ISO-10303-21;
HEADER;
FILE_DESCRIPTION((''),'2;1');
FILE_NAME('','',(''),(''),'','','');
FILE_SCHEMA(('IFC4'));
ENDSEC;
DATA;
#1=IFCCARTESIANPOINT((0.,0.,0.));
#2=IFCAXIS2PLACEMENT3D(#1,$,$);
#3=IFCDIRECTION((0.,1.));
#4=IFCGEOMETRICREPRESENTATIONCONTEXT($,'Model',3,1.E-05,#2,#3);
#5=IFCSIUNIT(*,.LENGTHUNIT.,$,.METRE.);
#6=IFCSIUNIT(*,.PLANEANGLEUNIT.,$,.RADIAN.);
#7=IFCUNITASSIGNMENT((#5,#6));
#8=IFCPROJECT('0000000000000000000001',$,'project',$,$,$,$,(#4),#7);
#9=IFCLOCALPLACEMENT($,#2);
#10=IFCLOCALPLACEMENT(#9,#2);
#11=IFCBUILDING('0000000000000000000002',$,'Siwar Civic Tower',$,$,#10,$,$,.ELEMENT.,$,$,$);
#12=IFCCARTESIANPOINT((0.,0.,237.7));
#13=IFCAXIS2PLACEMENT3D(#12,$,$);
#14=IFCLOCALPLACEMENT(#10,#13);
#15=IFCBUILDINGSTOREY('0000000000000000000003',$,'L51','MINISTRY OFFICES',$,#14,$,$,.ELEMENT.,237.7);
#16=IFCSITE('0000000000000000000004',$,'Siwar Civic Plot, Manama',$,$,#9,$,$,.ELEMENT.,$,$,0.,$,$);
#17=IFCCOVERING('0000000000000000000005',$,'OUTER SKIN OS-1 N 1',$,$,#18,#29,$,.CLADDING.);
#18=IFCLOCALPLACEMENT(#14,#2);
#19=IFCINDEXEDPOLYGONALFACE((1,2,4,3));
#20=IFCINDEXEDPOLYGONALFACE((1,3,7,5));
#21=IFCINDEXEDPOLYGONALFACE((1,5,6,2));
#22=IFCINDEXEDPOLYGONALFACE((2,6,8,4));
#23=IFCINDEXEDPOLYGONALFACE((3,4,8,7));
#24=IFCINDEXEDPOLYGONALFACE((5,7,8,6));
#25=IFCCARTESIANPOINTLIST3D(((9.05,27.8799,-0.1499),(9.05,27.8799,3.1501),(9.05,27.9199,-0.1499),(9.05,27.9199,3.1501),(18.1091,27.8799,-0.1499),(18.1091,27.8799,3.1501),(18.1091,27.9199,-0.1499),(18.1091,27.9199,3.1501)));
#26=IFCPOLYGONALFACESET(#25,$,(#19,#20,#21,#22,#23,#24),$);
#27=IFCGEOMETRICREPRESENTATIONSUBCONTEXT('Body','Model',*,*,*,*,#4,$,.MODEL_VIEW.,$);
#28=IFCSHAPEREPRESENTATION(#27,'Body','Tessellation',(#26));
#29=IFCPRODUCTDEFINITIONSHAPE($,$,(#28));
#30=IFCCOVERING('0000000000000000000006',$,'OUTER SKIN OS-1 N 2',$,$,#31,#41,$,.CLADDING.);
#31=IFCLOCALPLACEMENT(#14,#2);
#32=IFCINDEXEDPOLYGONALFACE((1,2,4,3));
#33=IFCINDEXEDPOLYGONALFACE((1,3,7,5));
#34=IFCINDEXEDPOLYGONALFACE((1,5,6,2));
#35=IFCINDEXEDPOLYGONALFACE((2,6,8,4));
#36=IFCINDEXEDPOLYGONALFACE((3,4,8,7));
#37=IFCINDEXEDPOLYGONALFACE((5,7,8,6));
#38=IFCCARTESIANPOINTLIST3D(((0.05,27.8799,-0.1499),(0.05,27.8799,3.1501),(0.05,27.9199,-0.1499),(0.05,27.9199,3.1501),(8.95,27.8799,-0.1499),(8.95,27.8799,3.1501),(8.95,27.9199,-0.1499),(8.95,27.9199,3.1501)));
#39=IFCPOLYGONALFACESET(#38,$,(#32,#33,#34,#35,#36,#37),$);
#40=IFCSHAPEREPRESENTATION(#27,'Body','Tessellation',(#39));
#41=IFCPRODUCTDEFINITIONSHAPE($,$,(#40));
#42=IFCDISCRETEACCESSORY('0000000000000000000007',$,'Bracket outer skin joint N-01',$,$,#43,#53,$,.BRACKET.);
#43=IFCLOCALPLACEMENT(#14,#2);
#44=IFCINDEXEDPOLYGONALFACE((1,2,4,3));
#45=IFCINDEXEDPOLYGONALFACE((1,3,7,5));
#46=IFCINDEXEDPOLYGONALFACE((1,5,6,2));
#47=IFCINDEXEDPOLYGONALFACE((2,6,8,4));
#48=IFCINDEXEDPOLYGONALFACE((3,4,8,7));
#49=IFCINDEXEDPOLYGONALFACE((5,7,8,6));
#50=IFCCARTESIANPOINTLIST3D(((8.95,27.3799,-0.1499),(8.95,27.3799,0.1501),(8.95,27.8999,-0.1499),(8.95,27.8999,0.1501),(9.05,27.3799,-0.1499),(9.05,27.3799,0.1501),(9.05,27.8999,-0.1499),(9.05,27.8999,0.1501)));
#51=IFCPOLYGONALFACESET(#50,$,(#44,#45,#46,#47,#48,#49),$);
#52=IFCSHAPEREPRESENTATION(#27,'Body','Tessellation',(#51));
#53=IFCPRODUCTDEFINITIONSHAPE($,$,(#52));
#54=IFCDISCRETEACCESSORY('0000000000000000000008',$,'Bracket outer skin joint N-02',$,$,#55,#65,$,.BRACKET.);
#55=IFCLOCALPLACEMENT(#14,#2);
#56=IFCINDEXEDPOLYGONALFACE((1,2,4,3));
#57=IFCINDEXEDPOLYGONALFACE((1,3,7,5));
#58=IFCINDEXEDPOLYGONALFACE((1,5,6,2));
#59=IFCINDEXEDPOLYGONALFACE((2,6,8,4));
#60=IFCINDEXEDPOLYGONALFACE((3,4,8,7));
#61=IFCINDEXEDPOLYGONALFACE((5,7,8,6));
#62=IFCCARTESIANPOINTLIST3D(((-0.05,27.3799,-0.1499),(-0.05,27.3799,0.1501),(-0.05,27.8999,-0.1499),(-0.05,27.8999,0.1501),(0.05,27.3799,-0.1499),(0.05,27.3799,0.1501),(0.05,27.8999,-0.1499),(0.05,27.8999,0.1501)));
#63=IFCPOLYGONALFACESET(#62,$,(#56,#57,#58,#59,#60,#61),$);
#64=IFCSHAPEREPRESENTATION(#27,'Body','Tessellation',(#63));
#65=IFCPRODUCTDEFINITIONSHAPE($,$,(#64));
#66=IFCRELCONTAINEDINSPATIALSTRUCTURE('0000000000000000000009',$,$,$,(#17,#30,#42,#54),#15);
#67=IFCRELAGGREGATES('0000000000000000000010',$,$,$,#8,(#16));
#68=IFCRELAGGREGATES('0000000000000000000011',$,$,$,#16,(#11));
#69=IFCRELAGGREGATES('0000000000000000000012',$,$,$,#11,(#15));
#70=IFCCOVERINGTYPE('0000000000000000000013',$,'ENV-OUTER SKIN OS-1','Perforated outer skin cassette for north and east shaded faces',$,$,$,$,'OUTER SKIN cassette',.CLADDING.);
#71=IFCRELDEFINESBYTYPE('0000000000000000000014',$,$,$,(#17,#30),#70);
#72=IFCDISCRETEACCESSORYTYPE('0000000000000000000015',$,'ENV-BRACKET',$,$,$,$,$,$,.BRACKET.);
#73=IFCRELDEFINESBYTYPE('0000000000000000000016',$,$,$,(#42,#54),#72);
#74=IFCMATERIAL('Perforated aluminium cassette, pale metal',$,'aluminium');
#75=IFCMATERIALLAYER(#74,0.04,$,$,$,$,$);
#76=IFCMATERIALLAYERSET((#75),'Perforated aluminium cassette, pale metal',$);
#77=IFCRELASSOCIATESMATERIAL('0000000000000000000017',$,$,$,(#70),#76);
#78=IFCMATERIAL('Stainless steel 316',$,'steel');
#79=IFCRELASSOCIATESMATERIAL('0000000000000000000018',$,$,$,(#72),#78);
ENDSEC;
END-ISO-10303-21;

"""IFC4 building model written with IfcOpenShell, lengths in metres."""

from ifc_helpers import new_model, si_unit, direction, frame, origin, origin_2d, place, context, subcontext, project, spatial, rectangle, extrude, material, layer, layer_set, type_object, element, save


model = new_model("IFC4")

# Units and contexts
model_context = context("Model", 3, precision=1e-05, world=origin(), true_north=direction((0.0, 1.0)))
body_context = subcontext(model_context, "Body", "Model", "MODEL_VIEW")
ifc_project = project(units=[si_unit("LENGTHUNIT", "METRE"), si_unit("PLANEANGLEUNIT", "RADIAN")], contexts=[model_context])

# Site, building, storey
site_placement = place(None, origin())
site = spatial("IfcSite", under=ifc_project, at=site_placement, Name="Siwar Civic Plot, Manama", CompositionType="ELEMENT", RefElevation=0.0)
building_placement = place(site_placement, origin())
building = spatial("IfcBuilding", under=site, at=building_placement, Name="Siwar Civic Tower", CompositionType="ELEMENT")
storey_placement = place(building_placement, frame((0.0, 0.0, 237.7)))
storey = spatial("IfcBuildingStorey", under=building, at=storey_placement, Name="L51", Description="MINISTRY OFFICES", CompositionType="ELEMENT", Elevation=237.7)

# Coverings
ifc_material_1 = material(Name="Perforated aluminium cassette, pale metal", Category="aluminium")
ifc_layer_1 = layer(ifc_material_1, 0.04)
ifc_layer_set_1 = layer_set([ifc_layer_1], Name="Perforated aluminium cassette, pale metal")
covering_type = type_object("IfcCoveringType", Name="ENV-OUTER SKIN OS-1", Description="Perforated outer skin cassette for north and east shaded faces", ElementType="OUTER SKIN cassette", PredefinedType="CLADDING", material=ifc_layer_set_1)
covering_1_placement = place(storey_placement, frame((13.5796, 27.8999, -0.1499), z_axis=(0.0, 0.0, 1.0), x_axis=(-1.0, 0.0, 0.0)))
element("IfcCovering", 1, at=covering_1_placement, inside=storey, type_object=covering_type, Name="OUTER SKIN OS-1 N 1", PredefinedType="CLADDING", context=body_context, shape_type="SweptSolid", body=[
    extrude(rectangle(XDim=9.0591, YDim=0.04, at=origin_2d()), origin(), (0.0, 0.0, 1.0), 3.3),
])
covering_2_placement = place(storey_placement, frame((4.5, 27.8999, -0.1499), z_axis=(0.0, 0.0, 1.0), x_axis=(-1.0, 0.0, 0.0)))
element("IfcCovering", 2, at=covering_2_placement, inside=storey, type_object=covering_type, Name="OUTER SKIN OS-1 N 2", PredefinedType="CLADDING", context=body_context, shape_type="SweptSolid", body=[
    extrude(rectangle(XDim=8.8999, YDim=0.04, at=origin_2d()), origin(), (0.0, 0.0, 1.0), 3.3),
])

# Discrete accessories
ifc_material_2 = material(Name="Stainless steel 316", Category="steel")
discrete_accessory_type = type_object("IfcDiscreteAccessoryType", Name="ENV-BRACKET", PredefinedType="BRACKET", material=ifc_material_2)
for number, where, z_axis, x_axis, name in (
    (3, (9.0, 27.6399, -0.1499), (0.0, 0.0, 1.0), (0.0, 1.0, 0.0), "Bracket outer skin joint N-01"),
    (4, (0.0, 27.6399, -0.1499), (0.0, 0.0, 1.0), (0.0, 1.0, 0.0), "Bracket outer skin joint N-02"),
):
    element("IfcDiscreteAccessory", number, at=place(storey_placement, frame(where, z_axis=z_axis, x_axis=x_axis)), inside=storey, type_object=discrete_accessory_type, Name=name, PredefinedType="BRACKET", context=body_context, shape_type="SweptSolid", body=[
        extrude(rectangle(XDim=0.52, YDim=0.1001, at=origin_2d()), origin(), (0.0, 0.0, 1.0), 0.3),
    ])

save(model, "model.ifc")
